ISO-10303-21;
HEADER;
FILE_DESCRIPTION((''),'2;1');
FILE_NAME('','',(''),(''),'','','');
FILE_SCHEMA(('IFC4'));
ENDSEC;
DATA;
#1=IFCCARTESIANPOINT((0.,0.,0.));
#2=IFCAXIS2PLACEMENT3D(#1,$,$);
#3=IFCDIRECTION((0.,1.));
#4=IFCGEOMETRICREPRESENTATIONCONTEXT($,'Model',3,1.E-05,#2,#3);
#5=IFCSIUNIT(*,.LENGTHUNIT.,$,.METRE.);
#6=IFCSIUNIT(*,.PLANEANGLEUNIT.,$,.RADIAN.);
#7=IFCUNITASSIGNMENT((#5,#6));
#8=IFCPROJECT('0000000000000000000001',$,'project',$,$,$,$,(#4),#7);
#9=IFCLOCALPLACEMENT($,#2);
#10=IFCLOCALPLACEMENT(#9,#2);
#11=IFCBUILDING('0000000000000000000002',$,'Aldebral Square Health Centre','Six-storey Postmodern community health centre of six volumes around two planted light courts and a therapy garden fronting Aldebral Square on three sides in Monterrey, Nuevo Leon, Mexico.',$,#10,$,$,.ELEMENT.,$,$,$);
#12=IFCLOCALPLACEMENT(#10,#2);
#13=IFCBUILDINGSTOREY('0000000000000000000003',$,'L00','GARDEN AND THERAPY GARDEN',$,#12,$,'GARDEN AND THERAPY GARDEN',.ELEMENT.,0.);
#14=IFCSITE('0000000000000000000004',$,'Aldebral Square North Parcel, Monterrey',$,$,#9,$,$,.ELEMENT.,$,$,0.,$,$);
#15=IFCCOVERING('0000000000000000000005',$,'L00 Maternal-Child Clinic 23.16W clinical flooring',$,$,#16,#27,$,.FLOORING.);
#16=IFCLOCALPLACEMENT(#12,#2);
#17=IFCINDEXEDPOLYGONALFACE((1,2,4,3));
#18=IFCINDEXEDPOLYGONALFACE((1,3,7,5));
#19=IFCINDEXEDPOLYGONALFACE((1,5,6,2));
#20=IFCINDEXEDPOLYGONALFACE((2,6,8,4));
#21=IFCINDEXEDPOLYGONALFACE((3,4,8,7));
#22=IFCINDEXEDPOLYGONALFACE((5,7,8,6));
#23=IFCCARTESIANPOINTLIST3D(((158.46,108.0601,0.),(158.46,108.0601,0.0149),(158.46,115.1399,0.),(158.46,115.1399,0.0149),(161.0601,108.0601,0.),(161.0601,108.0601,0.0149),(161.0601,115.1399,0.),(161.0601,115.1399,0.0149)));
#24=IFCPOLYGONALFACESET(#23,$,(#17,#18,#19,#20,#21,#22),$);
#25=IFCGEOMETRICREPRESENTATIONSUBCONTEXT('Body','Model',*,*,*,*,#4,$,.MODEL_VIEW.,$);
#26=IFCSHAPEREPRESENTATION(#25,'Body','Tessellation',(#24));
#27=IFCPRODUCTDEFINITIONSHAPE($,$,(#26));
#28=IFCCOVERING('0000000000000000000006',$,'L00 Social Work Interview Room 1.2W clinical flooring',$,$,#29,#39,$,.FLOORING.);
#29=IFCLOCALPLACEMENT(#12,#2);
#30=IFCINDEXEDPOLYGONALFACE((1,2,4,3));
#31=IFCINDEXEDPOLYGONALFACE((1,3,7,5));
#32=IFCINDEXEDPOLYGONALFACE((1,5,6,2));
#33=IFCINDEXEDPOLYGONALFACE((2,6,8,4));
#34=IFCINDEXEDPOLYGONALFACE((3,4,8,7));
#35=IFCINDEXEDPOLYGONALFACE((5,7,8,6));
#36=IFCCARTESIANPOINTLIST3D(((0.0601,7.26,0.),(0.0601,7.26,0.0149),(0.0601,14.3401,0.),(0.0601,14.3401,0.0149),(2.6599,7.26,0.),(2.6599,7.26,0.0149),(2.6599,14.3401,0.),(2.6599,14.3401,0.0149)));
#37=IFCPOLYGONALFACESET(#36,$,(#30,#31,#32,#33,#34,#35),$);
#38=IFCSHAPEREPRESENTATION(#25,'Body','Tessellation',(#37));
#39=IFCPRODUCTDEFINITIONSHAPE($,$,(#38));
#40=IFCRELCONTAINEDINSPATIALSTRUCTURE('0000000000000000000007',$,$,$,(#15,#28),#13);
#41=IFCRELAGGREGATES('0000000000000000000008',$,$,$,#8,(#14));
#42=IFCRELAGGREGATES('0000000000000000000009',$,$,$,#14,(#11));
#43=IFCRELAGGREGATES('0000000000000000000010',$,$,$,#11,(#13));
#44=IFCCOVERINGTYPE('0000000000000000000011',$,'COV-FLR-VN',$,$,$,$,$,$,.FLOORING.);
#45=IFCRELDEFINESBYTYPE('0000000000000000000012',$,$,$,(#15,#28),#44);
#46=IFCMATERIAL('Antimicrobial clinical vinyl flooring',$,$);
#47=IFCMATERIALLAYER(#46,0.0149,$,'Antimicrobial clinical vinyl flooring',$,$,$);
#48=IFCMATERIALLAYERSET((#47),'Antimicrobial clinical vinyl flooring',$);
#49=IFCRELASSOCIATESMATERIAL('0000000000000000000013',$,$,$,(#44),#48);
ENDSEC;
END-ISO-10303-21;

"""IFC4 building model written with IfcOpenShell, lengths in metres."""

from ifc_helpers import new_model, si_unit, direction, origin, place, context, subcontext, project, spatial, polyline, outline, extrude, material, layer, layer_set, type_object, element, save


model = new_model("IFC4")

# Units and contexts
model_context = context("Model", 3, precision=1e-05, world=origin(), true_north=direction((0.0, 1.0)))
body_context = subcontext(model_context, "Body", "Model", "MODEL_VIEW")
ifc_project = project(units=[si_unit("LENGTHUNIT", "METRE"), si_unit("PLANEANGLEUNIT", "RADIAN")], contexts=[model_context])

# Site, building, storey
site_placement = place(None, origin())
site = spatial("IfcSite", under=ifc_project, at=site_placement, Name="Aldebral Square North Parcel, Monterrey", CompositionType="ELEMENT", RefElevation=0.0)
building_placement = place(site_placement, origin())
building = spatial("IfcBuilding", under=site, at=building_placement, Name="Aldebral Square Health Centre", Description="Six-storey Postmodern community health centre of six volumes around two planted light courts and a therapy garden fronting Aldebral Square on three sides in Monterrey, Nuevo Leon, Mexico.", CompositionType="ELEMENT")
storey_placement = place(building_placement, origin())
storey = spatial("IfcBuildingStorey", under=building, at=storey_placement, Name="L00", Description="GARDEN AND THERAPY GARDEN", LongName="GARDEN AND THERAPY GARDEN", CompositionType="ELEMENT", Elevation=0.0)

# Coverings
ifc_material = material(Name="Antimicrobial clinical vinyl flooring")
ifc_layer = layer(ifc_material, 0.0149, Name="Antimicrobial clinical vinyl flooring")
ifc_layer_set = layer_set([ifc_layer], Name="Antimicrobial clinical vinyl flooring")
covering_type = type_object("IfcCoveringType", Name="COV-FLR-VN", PredefinedType="FLOORING", material=ifc_layer_set)
covering_1_placement = place(storey_placement, origin())
element("IfcCovering", 1, at=covering_1_placement, inside=storey, type_object=covering_type, Name="L00 Maternal-Child Clinic 23.16W clinical flooring", PredefinedType="FLOORING", context=body_context, shape_type="SweptSolid", body=[
    extrude(outline(polyline([(158.46, 108.0601), (161.0601, 108.0601), (161.0601, 115.1399), (158.46, 115.1399), (158.46, 108.0601)])), origin(), (0.0, 0.0, 1.0), 0.0149),
])
covering_2_placement = place(storey_placement, origin())
element("IfcCovering", 2, at=covering_2_placement, inside=storey, type_object=covering_type, Name="L00 Social Work Interview Room 1.2W clinical flooring", PredefinedType="FLOORING", context=body_context, shape_type="SweptSolid", body=[
    extrude(outline(polyline([(0.0601, 7.26), (2.6599, 7.26), (2.6599, 14.3401), (0.0601, 14.3401), (0.0601, 7.26)])), origin(), (0.0, 0.0, 1.0), 0.0149),
])

save(model, "model.ifc")
